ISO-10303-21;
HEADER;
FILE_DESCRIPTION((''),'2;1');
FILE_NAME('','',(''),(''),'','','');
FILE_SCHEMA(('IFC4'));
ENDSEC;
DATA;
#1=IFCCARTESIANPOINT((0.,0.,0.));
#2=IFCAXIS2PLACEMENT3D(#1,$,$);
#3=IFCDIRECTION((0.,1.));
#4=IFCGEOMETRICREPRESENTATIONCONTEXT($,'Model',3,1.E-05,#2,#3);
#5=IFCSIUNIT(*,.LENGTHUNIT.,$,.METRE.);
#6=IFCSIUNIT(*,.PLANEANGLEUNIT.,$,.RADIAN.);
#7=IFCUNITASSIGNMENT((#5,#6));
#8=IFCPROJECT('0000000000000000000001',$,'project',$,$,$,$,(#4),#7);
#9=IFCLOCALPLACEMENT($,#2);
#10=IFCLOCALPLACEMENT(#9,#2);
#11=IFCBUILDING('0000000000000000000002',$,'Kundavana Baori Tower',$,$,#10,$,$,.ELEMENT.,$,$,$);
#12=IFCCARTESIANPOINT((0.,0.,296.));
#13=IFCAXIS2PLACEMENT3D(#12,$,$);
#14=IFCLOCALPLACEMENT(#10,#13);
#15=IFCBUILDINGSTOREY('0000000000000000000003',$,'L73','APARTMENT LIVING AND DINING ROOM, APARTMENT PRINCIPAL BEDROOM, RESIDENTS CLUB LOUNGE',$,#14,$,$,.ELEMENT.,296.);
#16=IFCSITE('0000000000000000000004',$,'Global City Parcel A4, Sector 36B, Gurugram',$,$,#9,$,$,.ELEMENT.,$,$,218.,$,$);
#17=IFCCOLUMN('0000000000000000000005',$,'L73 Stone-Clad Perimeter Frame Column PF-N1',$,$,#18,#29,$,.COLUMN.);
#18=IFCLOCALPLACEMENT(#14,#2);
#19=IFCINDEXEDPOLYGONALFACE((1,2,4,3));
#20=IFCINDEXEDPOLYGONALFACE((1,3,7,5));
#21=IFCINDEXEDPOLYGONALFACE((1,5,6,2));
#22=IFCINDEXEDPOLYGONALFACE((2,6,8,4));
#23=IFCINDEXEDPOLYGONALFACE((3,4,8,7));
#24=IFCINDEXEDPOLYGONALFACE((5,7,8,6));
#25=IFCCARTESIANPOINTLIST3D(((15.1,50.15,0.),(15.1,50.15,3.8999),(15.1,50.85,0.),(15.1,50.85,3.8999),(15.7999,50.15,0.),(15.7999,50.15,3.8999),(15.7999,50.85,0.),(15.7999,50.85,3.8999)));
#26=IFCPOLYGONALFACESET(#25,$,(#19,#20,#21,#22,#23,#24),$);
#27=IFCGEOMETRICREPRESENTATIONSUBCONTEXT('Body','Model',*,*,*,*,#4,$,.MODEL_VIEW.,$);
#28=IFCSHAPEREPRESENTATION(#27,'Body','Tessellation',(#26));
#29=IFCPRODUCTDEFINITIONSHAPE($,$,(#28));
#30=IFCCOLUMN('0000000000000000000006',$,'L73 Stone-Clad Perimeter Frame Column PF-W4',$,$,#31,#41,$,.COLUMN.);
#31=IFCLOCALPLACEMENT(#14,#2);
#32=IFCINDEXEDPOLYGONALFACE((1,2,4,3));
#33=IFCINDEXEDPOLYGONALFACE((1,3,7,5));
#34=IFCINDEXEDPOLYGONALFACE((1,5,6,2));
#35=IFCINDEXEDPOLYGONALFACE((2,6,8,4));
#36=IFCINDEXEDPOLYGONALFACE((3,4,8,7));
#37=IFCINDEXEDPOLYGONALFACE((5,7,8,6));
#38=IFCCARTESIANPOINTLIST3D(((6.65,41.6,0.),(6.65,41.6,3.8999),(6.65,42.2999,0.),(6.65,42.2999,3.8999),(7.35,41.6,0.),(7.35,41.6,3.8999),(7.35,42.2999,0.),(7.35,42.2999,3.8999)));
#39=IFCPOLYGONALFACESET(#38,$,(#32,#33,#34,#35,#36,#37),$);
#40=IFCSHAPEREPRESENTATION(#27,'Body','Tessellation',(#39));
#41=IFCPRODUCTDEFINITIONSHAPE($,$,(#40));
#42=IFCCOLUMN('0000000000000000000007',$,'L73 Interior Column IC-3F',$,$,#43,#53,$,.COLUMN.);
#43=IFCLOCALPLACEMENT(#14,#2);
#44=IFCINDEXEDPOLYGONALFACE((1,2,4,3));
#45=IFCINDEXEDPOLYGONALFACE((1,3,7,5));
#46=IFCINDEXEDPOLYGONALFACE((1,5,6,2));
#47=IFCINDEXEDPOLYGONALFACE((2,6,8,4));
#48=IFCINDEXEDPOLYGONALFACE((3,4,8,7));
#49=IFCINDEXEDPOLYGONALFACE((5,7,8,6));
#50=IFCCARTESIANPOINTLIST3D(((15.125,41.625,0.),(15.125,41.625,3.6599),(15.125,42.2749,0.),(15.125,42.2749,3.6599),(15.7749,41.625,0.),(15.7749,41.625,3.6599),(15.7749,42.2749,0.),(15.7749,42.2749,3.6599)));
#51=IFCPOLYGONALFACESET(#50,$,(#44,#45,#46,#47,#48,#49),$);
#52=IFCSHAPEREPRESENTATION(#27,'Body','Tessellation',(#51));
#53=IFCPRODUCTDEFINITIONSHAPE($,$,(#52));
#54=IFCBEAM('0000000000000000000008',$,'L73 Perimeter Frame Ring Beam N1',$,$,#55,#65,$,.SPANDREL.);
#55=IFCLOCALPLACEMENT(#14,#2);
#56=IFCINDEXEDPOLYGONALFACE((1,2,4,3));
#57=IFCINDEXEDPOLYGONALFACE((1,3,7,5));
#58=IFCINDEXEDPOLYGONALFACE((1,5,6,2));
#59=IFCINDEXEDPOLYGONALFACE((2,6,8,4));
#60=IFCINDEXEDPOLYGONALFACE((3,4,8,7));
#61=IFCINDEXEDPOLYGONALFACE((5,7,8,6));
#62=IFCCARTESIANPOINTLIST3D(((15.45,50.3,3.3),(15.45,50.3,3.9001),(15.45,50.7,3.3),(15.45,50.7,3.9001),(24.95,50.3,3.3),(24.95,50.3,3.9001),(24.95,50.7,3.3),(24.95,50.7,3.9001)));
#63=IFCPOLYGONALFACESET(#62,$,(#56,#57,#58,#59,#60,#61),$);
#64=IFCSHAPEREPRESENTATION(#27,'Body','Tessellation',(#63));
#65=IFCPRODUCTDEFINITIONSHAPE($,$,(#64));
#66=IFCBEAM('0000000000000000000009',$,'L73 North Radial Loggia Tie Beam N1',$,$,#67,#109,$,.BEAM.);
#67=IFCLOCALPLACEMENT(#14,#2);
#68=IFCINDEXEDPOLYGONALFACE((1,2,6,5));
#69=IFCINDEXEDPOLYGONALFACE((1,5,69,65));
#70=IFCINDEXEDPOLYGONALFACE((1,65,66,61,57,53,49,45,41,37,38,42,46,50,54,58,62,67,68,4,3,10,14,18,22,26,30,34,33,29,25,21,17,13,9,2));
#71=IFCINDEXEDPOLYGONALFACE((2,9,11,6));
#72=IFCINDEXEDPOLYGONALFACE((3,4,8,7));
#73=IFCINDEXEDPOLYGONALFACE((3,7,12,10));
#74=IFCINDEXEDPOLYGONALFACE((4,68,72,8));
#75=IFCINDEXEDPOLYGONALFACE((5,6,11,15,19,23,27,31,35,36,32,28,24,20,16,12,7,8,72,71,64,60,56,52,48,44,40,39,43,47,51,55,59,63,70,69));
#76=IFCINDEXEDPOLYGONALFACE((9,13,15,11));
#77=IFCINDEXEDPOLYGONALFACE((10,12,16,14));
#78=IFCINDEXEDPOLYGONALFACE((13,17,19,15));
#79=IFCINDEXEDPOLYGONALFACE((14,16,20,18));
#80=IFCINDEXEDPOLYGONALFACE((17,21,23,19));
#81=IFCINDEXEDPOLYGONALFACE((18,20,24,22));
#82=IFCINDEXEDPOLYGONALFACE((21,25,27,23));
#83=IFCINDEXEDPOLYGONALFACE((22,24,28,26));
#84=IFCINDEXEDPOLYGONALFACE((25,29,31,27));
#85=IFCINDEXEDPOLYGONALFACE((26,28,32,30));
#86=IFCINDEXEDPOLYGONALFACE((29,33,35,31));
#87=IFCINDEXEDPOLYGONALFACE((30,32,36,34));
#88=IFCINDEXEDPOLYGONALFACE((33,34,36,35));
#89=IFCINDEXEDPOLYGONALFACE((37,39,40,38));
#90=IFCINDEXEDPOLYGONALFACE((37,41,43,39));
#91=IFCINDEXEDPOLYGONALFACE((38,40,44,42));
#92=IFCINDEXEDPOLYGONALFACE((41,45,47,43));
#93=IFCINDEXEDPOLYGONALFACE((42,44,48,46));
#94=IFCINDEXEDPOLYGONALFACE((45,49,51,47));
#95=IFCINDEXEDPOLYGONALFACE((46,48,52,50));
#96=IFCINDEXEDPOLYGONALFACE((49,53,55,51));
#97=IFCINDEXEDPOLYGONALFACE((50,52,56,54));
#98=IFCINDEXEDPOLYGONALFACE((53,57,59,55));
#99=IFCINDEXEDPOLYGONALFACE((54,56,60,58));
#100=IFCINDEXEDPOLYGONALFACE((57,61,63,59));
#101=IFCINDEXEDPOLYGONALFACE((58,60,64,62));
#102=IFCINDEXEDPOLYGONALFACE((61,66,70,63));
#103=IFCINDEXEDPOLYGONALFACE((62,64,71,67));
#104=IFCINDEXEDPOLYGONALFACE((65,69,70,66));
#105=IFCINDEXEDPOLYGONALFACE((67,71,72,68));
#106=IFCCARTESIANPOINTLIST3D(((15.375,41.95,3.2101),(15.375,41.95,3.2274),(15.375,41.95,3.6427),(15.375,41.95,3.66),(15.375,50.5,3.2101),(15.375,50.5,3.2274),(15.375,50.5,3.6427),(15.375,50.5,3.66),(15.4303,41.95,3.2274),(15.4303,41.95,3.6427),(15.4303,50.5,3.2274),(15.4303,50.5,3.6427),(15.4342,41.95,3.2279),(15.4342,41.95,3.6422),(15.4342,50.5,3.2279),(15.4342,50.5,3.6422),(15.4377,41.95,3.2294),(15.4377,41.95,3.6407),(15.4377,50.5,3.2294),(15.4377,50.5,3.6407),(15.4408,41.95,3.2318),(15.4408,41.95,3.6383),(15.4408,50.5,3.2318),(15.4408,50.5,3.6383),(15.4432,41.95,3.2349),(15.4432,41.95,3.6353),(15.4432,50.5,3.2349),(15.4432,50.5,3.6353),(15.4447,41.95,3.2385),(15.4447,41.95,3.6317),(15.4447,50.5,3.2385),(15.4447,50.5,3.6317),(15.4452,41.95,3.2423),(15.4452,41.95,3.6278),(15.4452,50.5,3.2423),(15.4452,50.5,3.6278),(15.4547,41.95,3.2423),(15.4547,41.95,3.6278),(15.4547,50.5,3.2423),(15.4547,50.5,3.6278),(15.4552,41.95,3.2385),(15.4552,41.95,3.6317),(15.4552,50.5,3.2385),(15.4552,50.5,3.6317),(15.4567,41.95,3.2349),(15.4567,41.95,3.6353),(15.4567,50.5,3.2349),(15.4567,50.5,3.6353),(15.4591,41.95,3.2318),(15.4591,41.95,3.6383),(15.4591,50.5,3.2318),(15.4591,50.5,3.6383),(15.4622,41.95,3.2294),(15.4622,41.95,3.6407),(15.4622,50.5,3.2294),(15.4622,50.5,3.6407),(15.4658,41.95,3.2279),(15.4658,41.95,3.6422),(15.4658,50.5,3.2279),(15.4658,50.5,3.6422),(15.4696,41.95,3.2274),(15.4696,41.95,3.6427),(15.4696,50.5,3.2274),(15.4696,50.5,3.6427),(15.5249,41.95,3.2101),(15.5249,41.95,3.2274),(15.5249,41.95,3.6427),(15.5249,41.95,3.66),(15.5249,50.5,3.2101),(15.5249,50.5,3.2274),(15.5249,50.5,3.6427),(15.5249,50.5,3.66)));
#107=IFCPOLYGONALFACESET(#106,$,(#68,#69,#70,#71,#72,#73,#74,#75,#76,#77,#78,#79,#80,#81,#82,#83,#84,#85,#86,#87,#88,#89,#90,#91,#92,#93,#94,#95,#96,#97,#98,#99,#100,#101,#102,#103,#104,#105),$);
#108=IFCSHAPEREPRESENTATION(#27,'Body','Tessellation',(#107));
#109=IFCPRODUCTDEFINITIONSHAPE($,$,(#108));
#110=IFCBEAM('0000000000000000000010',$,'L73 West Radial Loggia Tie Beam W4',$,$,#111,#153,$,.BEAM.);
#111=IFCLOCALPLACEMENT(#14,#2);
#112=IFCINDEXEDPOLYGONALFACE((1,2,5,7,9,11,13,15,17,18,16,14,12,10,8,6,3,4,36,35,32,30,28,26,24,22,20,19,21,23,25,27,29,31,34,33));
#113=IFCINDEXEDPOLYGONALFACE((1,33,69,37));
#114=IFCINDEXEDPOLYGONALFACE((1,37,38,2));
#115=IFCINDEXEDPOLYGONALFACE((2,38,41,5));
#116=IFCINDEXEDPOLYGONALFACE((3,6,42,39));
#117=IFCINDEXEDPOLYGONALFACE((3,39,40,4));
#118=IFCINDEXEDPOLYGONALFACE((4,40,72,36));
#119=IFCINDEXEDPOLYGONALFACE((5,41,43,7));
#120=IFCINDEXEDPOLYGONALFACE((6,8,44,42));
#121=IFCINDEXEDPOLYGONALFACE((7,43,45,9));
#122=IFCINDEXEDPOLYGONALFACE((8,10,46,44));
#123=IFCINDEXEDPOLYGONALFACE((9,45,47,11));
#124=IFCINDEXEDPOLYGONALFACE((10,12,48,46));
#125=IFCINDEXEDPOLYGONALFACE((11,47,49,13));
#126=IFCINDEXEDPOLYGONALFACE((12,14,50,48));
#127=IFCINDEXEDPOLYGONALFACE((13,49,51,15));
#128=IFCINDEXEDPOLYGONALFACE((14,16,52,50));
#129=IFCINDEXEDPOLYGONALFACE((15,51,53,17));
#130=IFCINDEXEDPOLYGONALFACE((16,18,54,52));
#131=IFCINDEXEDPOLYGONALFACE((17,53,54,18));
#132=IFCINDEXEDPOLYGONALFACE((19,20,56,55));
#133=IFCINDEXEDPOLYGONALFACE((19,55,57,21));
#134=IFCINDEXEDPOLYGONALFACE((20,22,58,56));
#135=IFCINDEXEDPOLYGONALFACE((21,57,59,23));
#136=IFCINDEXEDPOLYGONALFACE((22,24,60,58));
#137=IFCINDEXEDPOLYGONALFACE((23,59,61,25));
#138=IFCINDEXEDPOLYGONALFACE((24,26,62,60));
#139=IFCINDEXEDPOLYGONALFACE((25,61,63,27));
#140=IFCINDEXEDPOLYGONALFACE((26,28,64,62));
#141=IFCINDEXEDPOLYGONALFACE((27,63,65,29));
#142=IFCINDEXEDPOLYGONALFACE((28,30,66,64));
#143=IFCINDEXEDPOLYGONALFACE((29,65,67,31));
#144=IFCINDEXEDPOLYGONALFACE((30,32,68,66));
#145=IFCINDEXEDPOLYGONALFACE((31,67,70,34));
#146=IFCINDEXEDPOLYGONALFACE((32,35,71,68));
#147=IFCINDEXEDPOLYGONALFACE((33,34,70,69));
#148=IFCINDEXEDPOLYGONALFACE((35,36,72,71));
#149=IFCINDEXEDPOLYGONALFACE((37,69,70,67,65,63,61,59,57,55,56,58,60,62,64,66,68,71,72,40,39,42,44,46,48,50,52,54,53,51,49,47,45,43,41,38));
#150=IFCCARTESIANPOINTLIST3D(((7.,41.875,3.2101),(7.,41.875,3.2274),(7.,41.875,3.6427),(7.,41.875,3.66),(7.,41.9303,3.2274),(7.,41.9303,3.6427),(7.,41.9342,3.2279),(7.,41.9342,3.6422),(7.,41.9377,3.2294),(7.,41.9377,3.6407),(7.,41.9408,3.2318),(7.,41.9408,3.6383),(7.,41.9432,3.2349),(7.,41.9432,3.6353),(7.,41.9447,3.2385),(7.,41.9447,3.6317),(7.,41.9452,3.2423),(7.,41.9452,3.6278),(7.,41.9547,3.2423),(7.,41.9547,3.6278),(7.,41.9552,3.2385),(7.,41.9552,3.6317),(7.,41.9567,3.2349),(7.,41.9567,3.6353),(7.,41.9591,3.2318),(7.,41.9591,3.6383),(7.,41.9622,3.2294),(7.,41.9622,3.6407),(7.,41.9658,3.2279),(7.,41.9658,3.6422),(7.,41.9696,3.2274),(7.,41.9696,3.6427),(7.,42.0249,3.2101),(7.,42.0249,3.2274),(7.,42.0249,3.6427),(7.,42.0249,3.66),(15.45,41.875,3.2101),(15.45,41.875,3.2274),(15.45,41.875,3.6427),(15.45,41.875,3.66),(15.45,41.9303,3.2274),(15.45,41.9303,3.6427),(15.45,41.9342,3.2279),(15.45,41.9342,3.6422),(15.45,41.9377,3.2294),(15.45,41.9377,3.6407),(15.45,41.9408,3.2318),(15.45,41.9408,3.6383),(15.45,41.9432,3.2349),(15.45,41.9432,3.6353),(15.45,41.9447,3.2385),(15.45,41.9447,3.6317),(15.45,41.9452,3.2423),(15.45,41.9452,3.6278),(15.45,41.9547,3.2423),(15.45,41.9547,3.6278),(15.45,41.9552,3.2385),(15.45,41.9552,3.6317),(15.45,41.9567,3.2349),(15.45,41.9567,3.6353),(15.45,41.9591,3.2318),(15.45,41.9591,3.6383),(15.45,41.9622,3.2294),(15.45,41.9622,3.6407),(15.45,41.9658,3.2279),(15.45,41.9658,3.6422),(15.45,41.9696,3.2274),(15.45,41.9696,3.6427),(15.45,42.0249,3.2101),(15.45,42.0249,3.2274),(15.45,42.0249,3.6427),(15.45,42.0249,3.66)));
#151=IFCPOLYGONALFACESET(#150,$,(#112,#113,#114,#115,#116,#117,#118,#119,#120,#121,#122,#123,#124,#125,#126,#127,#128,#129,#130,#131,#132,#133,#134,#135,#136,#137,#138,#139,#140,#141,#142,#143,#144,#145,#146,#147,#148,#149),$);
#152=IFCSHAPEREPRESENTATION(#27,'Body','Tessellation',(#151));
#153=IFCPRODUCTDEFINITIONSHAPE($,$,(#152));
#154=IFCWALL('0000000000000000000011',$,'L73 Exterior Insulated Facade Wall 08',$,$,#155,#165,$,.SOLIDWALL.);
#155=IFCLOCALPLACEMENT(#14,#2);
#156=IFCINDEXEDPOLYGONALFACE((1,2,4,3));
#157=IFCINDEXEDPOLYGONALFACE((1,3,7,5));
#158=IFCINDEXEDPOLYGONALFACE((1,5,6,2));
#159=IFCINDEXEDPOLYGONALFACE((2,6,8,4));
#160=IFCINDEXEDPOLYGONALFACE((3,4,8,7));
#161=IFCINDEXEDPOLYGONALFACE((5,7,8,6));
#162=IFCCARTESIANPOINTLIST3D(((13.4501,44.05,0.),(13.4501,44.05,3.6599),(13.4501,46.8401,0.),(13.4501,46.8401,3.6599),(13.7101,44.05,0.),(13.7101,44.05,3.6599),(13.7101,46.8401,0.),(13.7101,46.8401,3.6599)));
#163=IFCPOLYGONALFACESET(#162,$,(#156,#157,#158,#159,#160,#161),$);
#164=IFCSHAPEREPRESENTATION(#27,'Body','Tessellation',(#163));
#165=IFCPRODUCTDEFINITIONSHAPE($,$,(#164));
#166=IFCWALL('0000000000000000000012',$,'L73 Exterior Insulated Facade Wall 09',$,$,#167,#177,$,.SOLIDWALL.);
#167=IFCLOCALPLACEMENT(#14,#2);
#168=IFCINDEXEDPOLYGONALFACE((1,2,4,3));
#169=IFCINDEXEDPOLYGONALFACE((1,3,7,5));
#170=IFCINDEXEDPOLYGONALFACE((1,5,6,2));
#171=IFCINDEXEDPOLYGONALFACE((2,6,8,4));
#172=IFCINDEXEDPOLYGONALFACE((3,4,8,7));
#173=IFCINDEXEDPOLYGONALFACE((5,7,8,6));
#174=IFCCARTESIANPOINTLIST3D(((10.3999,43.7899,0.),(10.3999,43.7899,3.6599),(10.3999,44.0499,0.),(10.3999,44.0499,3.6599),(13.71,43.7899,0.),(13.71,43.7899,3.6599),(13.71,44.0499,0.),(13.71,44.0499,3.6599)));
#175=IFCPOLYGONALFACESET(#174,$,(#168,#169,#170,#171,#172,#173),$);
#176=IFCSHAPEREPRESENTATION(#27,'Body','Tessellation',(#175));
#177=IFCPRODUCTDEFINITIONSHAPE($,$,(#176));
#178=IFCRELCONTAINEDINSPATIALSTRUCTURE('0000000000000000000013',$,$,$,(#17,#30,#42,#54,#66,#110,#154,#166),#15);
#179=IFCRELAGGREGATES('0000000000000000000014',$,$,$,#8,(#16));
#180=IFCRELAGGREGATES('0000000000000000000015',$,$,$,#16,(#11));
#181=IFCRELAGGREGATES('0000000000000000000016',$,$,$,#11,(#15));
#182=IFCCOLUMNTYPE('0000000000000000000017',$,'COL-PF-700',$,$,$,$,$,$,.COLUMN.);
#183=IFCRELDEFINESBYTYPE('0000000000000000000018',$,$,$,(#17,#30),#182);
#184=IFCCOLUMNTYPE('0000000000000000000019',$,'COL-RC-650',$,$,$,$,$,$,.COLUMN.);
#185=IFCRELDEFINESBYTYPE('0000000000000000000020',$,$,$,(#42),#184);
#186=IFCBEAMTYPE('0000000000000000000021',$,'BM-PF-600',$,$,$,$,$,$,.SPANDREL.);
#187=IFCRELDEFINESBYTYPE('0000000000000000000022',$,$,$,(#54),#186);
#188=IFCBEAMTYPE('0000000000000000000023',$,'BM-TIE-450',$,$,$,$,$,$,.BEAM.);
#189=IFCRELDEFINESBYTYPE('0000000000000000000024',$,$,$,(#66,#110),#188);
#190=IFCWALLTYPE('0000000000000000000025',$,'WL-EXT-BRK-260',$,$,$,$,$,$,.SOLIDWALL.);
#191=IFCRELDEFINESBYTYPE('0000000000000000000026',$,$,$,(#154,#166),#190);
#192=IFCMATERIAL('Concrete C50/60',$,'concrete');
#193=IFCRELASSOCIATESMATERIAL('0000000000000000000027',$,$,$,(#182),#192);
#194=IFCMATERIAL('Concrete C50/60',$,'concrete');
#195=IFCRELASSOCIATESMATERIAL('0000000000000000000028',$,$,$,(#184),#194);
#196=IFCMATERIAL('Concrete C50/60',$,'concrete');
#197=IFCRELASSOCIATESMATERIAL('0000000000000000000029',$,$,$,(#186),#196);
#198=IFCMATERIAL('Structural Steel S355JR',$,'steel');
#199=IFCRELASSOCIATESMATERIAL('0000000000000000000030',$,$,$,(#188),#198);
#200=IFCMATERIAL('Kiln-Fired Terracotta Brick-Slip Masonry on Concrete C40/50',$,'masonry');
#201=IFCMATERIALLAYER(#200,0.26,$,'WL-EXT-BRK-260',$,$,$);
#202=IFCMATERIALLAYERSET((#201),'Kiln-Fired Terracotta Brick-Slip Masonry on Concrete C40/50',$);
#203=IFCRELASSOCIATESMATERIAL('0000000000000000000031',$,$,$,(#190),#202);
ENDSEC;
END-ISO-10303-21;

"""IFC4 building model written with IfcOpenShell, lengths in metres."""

from ifc_helpers import new_model, si_unit, direction, frame, frame_2d, origin, origin_2d, place, context, subcontext, project, spatial, rectangle, i_section, extrude, material, layer, layer_set, material_profile, profile_set, type_object, element, save


model = new_model("IFC4")

# Units and contexts
model_context = context("Model", 3, precision=1e-05, world=origin(), true_north=direction((0.0, 1.0)))
body_context = subcontext(model_context, "Body", "Model", "MODEL_VIEW")
ifc_project = project(units=[si_unit("LENGTHUNIT", "METRE"), si_unit("PLANEANGLEUNIT", "RADIAN")], contexts=[model_context])

# Site, building, storey
site_placement = place(None, origin())
site = spatial("IfcSite", under=ifc_project, at=site_placement, Name="Global City Parcel A4, Sector 36B, Gurugram", CompositionType="ELEMENT", RefElevation=218.0)
building_placement = place(site_placement, origin())
building = spatial("IfcBuilding", under=site, at=building_placement, Name="Kundavana Baori Tower", CompositionType="ELEMENT")
storey_placement = place(building_placement, frame((0.0, 0.0, 296.0)))
storey = spatial("IfcBuildingStorey", under=building, at=storey_placement, Name="L73", Description="APARTMENT LIVING AND DINING ROOM, APARTMENT PRINCIPAL BEDROOM, RESIDENTS CLUB LOUNGE", CompositionType="ELEMENT", Elevation=296.0)

# Columns
ifc_material_1 = material(Name="Concrete C50/60", Category="concrete")
ifc_material_profile_1 = material_profile(ifc_material_1, rectangle(XDim=0.7, YDim=0.7, at=origin_2d()), Name="RC PF 700x700")
ifc_profile_set_1 = profile_set([ifc_material_profile_1], Name="Concrete C50/60")
column_type_1 = type_object("IfcColumnType", Name="COL-PF-700", PredefinedType="COLUMN", material=ifc_profile_set_1)
for number, where, z_axis, x_axis, name in (
    (1, (15.45, 50.5, 0.0), (0.0, 0.0, 1.0), (1.0, 0.0, 0.0), "L73 Stone-Clad Perimeter Frame Column PF-N1"),
    (2, (7.0, 41.95, 0.0), (0.0, 0.0, 1.0), (1.0, 0.0, 0.0), "L73 Stone-Clad Perimeter Frame Column PF-W4"),
):
    element("IfcColumn", number, at=place(storey_placement, frame(where, z_axis=z_axis, x_axis=x_axis)), inside=storey, type_object=column_type_1, Name=name, PredefinedType="COLUMN", context=body_context, shape_type="SweptSolid", body=[
        extrude(rectangle(XDim=0.7, YDim=0.7, at=origin_2d()), origin(), (0.0, 0.0, 1.0), 3.8999),
    ])
ifc_material_2 = material(Name="Concrete C50/60", Category="concrete")
ifc_material_profile_2 = material_profile(ifc_material_2, rectangle(XDim=0.6499, YDim=0.6499, at=origin_2d()), Name="RC 650x650")
ifc_profile_set_2 = profile_set([ifc_material_profile_2], Name="Concrete C50/60")
column_type_2 = type_object("IfcColumnType", Name="COL-RC-650", PredefinedType="COLUMN", material=ifc_profile_set_2)
column_placement = place(storey_placement, frame((15.45, 41.95, 0.0), z_axis=(0.0, 0.0, 1.0), x_axis=(1.0, 0.0, 0.0)))
element("IfcColumn", 3, at=column_placement, inside=storey, type_object=column_type_2, Name="L73 Interior Column IC-3F", PredefinedType="COLUMN", context=body_context, shape_type="SweptSolid", body=[
    extrude(rectangle(XDim=0.6499, YDim=0.6499, at=origin_2d()), origin(), (0.0, 0.0, 1.0), 3.6599),
])

# Beams
ifc_material_3 = material(Name="Concrete C50/60", Category="concrete")
ifc_material_profile_3 = material_profile(ifc_material_3, rectangle(XDim=0.3999, YDim=0.6001, at=origin_2d()), Name="RC BM 400x600")
ifc_profile_set_3 = profile_set([ifc_material_profile_3], Name="Concrete C50/60")
beam_type_1 = type_object("IfcBeamType", Name="BM-PF-600", PredefinedType="SPANDREL", material=ifc_profile_set_3)
beam_1_placement = place(storey_placement, frame((15.45, 50.5, 3.6001), z_axis=(1.0, 0.0, 0.0), x_axis=(0.0, 1.0, 0.0)))
element("IfcBeam", 4, at=beam_1_placement, inside=storey, type_object=beam_type_1, Name="L73 Perimeter Frame Ring Beam N1", PredefinedType="SPANDREL", context=body_context, shape_type="SweptSolid", body=[
    extrude(rectangle(XDim=0.3999, YDim=0.6001, at=origin_2d()), origin(), (0.0, 0.0, 1.0), 9.5),
])
ifc_material_4 = material(Name="Structural Steel S355JR", Category="steel")
ifc_material_profile_4 = material_profile(ifc_material_4, i_section(OverallWidth=0.1499, OverallDepth=0.45, WebThickness=0.0095, FlangeThickness=0.0173, FilletRadius=0.0149, at=origin_2d()), Name="ISMB 450")
ifc_profile_set_4 = profile_set([ifc_material_profile_4], Name="Structural Steel S355JR")
beam_type_2 = type_object("IfcBeamType", Name="BM-TIE-450", PredefinedType="BEAM", material=ifc_profile_set_4)
beam_2_placement = place(storey_placement, frame((15.45, 41.95, 3.4351), z_axis=(0.0, 1.0, 0.0), x_axis=(-1.0, 0.0, 0.0)))
element("IfcBeam", 5, at=beam_2_placement, inside=storey, type_object=beam_type_2, Name="L73 North Radial Loggia Tie Beam N1", PredefinedType="BEAM", context=body_context, shape_type="SweptSolid", body=[
    extrude(i_section(OverallWidth=0.1499, OverallDepth=0.45, WebThickness=0.0095, FlangeThickness=0.0173, FilletRadius=0.0149, at=origin_2d()), origin(), (0.0, 0.0, 1.0), 8.55),
])
beam_3_placement = place(storey_placement, frame((15.45, 41.95, 3.4351), z_axis=(-1.0, 0.0, 0.0), x_axis=(0.0, -1.0, 0.0)))
element("IfcBeam", 6, at=beam_3_placement, inside=storey, type_object=beam_type_2, Name="L73 West Radial Loggia Tie Beam W4", PredefinedType="BEAM", context=body_context, shape_type="SweptSolid", body=[
    extrude(i_section(OverallWidth=0.1499, OverallDepth=0.45, WebThickness=0.0095, FlangeThickness=0.0173, FilletRadius=0.0149, at=origin_2d()), origin(), (0.0, 0.0, 1.0), 8.45),
])

# Walls
ifc_material_5 = material(Name="Kiln-Fired Terracotta Brick-Slip Masonry on Concrete C40/50", Category="masonry")
ifc_layer_1 = layer(ifc_material_5, 0.26, Name="WL-EXT-BRK-260")
ifc_layer_set_1 = layer_set([ifc_layer_1], Name="Kiln-Fired Terracotta Brick-Slip Masonry on Concrete C40/50")
wall_type_1 = type_object("IfcWallType", Name="WL-EXT-BRK-260", PredefinedType="SOLIDWALL", material=ifc_layer_set_1)
wall_1_placement = place(storey_placement, frame((13.5801, 46.8401, 0.0), z_axis=(0.0, 0.0, 1.0), x_axis=(0.0, -1.0, 0.0)))
element("IfcWall", 7, at=wall_1_placement, inside=storey, type_object=wall_type_1, Name="L73 Exterior Insulated Facade Wall 08", PredefinedType="SOLIDWALL", context=body_context, shape_type="SweptSolid", body=[
    extrude(rectangle(XDim=2.79, YDim=0.26, at=frame_2d((1.395, 0.0))), origin(), (0.0, 0.0, 1.0), 3.6599),
])
wall_2_placement = place(storey_placement, frame((13.71, 43.9199, 0.0), z_axis=(0.0, 0.0, 1.0), x_axis=(-1.0, 0.0, 0.0)))
element("IfcWall", 8, at=wall_2_placement, inside=storey, type_object=wall_type_1, Name="L73 Exterior Insulated Facade Wall 09", PredefinedType="SOLIDWALL", context=body_context, shape_type="SweptSolid", body=[
    extrude(rectangle(XDim=3.3101, YDim=0.26, at=frame_2d((1.655, 0.0))), origin(), (0.0, 0.0, 1.0), 3.6599),
])

save(model, "model.ifc")
